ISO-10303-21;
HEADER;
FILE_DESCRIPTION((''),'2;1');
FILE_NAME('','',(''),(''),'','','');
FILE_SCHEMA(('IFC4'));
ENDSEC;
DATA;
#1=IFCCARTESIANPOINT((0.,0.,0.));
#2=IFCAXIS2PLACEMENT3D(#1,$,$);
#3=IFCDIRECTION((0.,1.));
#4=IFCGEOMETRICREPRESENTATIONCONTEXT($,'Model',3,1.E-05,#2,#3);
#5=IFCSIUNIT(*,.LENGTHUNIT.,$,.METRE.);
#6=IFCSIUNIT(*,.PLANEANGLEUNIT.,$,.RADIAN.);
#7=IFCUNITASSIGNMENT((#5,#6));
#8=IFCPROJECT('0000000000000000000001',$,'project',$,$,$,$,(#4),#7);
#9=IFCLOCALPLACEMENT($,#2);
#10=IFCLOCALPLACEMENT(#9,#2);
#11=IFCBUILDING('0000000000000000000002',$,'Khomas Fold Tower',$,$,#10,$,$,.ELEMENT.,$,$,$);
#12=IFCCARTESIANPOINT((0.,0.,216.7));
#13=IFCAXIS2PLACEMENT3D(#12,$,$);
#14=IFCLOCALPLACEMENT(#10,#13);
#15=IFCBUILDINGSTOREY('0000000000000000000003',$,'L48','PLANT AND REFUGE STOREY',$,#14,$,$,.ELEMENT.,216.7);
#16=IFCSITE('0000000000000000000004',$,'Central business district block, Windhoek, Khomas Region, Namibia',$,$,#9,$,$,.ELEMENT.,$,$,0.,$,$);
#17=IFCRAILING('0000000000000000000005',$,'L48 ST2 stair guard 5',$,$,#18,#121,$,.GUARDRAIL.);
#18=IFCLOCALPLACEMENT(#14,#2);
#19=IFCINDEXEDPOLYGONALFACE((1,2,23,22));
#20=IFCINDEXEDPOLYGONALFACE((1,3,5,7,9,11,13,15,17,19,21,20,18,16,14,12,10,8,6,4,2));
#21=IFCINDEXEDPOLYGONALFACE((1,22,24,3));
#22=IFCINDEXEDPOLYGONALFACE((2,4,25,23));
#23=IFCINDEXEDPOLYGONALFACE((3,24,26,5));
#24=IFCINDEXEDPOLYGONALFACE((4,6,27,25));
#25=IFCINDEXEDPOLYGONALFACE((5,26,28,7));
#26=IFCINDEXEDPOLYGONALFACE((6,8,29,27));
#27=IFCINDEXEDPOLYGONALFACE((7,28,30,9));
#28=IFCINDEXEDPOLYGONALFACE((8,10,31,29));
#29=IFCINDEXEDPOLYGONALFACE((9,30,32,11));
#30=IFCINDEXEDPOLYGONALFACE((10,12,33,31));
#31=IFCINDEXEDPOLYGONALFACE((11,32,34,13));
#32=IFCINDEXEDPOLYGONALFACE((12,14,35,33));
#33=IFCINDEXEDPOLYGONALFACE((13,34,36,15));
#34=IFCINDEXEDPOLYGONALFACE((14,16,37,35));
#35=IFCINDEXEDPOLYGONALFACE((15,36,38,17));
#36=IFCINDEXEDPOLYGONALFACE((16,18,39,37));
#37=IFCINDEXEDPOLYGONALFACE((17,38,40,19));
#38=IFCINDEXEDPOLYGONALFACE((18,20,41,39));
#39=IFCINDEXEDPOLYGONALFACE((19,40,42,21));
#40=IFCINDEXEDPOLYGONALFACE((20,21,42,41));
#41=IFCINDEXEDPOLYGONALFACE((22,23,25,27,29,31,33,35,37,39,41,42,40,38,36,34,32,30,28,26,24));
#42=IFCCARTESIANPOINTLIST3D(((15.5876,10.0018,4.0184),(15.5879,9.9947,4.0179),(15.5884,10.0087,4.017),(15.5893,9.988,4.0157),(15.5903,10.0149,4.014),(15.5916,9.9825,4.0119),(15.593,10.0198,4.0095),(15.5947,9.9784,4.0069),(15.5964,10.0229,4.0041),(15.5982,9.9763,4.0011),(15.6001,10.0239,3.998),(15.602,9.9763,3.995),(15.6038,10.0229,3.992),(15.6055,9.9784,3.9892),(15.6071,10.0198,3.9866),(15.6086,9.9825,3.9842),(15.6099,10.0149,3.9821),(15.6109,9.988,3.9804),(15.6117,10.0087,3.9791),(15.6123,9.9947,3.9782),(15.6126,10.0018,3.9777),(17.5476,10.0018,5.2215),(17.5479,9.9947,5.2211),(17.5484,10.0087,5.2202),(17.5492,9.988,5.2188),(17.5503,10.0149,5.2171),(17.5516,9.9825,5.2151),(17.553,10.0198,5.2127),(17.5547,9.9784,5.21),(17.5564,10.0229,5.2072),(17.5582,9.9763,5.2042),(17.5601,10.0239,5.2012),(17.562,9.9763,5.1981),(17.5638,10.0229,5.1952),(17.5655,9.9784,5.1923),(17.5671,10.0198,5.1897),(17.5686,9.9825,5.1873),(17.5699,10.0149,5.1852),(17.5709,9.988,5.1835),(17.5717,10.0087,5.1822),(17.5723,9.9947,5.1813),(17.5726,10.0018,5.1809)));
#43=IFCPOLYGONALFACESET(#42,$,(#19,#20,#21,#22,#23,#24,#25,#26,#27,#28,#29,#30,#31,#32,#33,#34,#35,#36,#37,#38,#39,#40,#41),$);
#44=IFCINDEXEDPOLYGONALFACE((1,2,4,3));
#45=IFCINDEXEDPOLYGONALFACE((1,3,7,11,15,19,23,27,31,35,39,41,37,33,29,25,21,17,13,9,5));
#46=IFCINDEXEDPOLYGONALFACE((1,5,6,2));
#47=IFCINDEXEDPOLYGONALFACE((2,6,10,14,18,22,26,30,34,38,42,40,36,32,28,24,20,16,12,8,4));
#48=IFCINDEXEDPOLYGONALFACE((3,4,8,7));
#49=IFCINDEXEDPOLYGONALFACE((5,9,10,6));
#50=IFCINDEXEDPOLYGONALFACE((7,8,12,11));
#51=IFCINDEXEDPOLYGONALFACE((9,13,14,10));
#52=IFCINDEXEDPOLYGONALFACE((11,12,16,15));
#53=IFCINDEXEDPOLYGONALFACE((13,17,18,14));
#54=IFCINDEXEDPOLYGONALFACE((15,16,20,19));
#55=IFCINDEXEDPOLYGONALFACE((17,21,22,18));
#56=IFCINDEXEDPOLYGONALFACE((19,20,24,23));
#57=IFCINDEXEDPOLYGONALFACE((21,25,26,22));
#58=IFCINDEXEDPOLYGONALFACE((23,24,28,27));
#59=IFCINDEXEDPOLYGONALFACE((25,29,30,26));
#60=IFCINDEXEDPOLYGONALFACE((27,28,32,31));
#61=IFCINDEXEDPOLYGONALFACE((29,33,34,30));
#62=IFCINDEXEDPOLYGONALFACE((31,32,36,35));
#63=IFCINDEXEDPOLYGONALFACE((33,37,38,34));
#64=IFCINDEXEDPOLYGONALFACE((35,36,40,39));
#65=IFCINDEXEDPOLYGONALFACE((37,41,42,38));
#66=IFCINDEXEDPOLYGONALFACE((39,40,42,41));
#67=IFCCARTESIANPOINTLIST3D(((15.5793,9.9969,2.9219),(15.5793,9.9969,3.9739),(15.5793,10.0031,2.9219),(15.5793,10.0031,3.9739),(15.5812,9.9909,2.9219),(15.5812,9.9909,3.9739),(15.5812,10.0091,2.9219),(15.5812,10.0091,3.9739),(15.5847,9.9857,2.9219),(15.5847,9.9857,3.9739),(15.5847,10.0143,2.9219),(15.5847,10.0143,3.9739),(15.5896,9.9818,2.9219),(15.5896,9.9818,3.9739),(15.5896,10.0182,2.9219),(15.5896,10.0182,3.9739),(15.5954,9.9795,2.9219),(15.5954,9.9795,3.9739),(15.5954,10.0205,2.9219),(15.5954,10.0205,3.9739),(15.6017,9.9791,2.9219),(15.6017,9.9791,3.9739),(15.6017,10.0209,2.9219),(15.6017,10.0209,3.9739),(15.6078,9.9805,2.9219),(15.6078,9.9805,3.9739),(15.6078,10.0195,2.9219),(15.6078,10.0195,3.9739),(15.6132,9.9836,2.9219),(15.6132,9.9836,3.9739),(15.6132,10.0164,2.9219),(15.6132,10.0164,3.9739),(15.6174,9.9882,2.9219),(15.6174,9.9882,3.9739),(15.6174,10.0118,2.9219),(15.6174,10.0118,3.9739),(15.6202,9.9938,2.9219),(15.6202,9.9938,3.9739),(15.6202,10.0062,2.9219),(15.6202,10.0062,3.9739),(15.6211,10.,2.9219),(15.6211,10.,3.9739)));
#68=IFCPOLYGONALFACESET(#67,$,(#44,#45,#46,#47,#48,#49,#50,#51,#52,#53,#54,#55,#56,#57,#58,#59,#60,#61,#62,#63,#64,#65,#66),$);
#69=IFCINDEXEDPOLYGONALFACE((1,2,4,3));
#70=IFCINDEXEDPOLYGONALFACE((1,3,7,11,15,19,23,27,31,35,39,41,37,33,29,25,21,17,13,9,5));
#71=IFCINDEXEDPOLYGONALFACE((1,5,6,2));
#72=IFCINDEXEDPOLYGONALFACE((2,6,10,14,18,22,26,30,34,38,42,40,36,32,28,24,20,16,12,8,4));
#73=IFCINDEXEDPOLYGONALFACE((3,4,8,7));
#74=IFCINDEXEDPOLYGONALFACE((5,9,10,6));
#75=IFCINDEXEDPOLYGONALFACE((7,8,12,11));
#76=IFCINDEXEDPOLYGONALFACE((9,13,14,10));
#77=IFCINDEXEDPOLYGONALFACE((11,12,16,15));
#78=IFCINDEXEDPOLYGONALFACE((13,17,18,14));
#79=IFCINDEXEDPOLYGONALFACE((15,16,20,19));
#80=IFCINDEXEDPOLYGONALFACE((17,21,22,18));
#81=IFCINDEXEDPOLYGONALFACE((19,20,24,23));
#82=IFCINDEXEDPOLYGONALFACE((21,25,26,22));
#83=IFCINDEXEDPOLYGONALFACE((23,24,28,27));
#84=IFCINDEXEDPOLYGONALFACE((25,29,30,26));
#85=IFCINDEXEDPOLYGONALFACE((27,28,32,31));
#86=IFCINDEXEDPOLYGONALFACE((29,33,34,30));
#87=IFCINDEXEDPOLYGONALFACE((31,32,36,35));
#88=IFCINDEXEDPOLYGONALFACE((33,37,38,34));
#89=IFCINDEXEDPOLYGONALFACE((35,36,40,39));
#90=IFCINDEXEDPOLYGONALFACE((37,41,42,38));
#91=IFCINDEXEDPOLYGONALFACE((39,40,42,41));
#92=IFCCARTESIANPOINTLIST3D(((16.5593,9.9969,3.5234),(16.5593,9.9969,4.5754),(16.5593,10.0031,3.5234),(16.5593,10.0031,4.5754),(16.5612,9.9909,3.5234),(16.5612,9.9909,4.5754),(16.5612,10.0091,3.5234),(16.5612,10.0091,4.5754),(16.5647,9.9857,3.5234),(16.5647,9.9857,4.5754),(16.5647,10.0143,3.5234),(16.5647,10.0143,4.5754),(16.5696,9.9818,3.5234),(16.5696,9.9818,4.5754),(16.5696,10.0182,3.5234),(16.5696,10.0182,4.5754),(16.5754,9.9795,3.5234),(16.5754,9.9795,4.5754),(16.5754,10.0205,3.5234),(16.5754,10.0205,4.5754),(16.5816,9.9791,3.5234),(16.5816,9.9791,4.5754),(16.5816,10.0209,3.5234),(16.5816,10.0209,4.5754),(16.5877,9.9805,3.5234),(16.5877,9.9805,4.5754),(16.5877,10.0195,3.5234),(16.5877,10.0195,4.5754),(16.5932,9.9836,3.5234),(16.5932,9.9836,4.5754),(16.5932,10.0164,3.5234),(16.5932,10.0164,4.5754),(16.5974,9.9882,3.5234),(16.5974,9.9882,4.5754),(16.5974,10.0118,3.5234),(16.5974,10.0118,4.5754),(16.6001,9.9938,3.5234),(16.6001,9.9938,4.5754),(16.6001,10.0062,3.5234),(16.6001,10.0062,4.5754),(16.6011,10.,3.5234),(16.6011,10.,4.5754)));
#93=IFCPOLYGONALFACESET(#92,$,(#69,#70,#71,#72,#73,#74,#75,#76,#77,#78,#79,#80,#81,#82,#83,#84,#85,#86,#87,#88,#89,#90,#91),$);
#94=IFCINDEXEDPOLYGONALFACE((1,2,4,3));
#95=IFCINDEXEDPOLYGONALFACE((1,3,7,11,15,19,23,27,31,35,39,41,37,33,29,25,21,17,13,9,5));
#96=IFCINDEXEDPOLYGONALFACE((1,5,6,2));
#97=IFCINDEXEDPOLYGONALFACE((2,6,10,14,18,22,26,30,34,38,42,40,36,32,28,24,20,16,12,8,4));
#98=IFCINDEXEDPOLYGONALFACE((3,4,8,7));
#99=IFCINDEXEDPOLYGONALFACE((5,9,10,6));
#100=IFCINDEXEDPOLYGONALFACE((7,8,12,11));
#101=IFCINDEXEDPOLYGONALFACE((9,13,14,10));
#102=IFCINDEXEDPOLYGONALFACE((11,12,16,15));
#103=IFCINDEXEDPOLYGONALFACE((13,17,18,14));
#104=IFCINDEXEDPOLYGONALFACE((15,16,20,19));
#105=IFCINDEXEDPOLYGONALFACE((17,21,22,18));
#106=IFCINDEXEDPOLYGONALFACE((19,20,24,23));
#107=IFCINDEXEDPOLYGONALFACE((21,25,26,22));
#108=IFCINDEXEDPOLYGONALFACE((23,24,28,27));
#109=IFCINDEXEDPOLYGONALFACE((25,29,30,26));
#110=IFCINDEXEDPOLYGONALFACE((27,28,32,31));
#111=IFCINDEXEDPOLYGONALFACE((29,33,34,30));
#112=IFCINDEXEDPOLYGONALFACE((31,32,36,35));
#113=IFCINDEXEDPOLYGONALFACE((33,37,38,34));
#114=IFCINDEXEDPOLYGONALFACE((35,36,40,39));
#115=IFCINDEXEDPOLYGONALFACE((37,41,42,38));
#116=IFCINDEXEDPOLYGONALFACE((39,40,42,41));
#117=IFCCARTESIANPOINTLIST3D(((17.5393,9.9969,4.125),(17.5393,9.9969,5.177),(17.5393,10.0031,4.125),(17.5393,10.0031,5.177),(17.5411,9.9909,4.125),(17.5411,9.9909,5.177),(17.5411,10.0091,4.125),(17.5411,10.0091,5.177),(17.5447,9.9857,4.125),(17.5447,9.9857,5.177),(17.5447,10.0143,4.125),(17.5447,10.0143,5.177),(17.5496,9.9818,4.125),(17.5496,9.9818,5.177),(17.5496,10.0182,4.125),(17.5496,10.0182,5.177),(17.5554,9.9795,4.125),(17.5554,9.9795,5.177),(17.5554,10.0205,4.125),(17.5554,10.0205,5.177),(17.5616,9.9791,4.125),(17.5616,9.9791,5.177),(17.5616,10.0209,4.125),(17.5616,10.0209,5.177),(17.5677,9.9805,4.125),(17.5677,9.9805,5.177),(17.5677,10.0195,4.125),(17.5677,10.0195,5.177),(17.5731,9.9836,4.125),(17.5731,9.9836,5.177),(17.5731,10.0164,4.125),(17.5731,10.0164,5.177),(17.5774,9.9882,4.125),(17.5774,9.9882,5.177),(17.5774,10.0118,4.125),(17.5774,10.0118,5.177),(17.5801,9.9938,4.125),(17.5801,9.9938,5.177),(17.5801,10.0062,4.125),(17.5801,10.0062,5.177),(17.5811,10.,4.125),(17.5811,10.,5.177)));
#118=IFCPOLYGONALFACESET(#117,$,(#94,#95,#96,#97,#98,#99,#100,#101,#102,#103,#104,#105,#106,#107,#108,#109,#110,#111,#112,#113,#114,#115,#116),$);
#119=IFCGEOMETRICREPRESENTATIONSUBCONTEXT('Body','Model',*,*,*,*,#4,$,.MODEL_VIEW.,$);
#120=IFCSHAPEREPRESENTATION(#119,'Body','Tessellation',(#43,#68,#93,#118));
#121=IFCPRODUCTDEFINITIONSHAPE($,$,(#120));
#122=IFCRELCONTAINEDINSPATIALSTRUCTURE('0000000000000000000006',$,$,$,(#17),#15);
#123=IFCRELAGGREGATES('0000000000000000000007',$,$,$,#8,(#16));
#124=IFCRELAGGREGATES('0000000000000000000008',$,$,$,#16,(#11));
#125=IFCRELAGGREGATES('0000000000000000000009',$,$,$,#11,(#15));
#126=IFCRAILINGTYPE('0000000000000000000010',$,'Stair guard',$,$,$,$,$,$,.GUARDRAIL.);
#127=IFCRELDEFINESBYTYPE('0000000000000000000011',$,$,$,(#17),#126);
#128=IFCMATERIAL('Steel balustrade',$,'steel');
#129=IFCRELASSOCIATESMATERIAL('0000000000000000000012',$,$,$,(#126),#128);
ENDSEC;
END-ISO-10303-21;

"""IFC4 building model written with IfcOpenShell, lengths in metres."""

from ifc_helpers import new_model, si_unit, direction, frame, origin, origin_2d, place, context, subcontext, project, spatial, circle, extrude, source, transform, mapped, material, type_object, element, save


model = new_model("IFC4")

# Units and contexts
model_context = context("Model", 3, precision=1e-05, world=origin(), true_north=direction((0.0, 1.0)))
body_context = subcontext(model_context, "Body", "Model", "MODEL_VIEW")
ifc_project = project(units=[si_unit("LENGTHUNIT", "METRE"), si_unit("PLANEANGLEUNIT", "RADIAN")], contexts=[model_context])

# Site, building, storey
site_placement = place(None, origin())
site = spatial("IfcSite", under=ifc_project, at=site_placement, Name="Central business district block, Windhoek, Khomas Region, Namibia", CompositionType="ELEMENT", RefElevation=0.0)
building_placement = place(site_placement, origin())
building = spatial("IfcBuilding", under=site, at=building_placement, Name="Khomas Fold Tower", CompositionType="ELEMENT")
storey_placement = place(building_placement, frame((0.0, 0.0, 216.7)))
storey = spatial("IfcBuildingStorey", under=building, at=storey_placement, Name="L48", Description="PLANT AND REFUGE STOREY", CompositionType="ELEMENT", Elevation=216.7)

# Railing
ifc_material_1 = material(Name="Steel balustrade", Category="steel")
railing_type_1 = type_object("IfcRailingType", Name="Stair guard", PredefinedType="GUARDRAIL", material=ifc_material_1)
shared_shape_1 = source(origin(), body_context, "Body", "SweptSolid", [
    extrude(circle(Radius=0.0239, at=origin_2d()), frame((0.0, 0.0, 1.0762), z_axis=(0.852241, 0.0, 0.523149), x_axis=(0.0, 1.0, 0.0)), (0.0, 0.0, 1.0), 2.2998),
    extrude(circle(Radius=0.021, at=origin_2d()), origin(), (0.0, 0.0, 1.0), 1.052),
    extrude(circle(Radius=0.021, at=origin_2d()), frame((0.98, 0.0, 0.6016)), (0.0, 0.0, 1.0), 1.052),
    extrude(circle(Radius=0.021, at=origin_2d()), frame((1.96, 0.0, 1.2031)), (0.0, 0.0, 1.0), 1.052),
])
for number, where, name in (
    (1, (15.6001, 10.0, 2.9219), "L48 ST2 stair guard 5"),
):
    element("IfcRailing", number, at=place(storey_placement, frame(where)), inside=storey, type_object=railing_type_1, Name=name, PredefinedType="GUARDRAIL", context=body_context, shape_type="MappedRepresentation", body=[
        mapped(shared_shape_1, transform((0.0, 0.0, 0.0))),
    ])

save(model, "model.ifc")
